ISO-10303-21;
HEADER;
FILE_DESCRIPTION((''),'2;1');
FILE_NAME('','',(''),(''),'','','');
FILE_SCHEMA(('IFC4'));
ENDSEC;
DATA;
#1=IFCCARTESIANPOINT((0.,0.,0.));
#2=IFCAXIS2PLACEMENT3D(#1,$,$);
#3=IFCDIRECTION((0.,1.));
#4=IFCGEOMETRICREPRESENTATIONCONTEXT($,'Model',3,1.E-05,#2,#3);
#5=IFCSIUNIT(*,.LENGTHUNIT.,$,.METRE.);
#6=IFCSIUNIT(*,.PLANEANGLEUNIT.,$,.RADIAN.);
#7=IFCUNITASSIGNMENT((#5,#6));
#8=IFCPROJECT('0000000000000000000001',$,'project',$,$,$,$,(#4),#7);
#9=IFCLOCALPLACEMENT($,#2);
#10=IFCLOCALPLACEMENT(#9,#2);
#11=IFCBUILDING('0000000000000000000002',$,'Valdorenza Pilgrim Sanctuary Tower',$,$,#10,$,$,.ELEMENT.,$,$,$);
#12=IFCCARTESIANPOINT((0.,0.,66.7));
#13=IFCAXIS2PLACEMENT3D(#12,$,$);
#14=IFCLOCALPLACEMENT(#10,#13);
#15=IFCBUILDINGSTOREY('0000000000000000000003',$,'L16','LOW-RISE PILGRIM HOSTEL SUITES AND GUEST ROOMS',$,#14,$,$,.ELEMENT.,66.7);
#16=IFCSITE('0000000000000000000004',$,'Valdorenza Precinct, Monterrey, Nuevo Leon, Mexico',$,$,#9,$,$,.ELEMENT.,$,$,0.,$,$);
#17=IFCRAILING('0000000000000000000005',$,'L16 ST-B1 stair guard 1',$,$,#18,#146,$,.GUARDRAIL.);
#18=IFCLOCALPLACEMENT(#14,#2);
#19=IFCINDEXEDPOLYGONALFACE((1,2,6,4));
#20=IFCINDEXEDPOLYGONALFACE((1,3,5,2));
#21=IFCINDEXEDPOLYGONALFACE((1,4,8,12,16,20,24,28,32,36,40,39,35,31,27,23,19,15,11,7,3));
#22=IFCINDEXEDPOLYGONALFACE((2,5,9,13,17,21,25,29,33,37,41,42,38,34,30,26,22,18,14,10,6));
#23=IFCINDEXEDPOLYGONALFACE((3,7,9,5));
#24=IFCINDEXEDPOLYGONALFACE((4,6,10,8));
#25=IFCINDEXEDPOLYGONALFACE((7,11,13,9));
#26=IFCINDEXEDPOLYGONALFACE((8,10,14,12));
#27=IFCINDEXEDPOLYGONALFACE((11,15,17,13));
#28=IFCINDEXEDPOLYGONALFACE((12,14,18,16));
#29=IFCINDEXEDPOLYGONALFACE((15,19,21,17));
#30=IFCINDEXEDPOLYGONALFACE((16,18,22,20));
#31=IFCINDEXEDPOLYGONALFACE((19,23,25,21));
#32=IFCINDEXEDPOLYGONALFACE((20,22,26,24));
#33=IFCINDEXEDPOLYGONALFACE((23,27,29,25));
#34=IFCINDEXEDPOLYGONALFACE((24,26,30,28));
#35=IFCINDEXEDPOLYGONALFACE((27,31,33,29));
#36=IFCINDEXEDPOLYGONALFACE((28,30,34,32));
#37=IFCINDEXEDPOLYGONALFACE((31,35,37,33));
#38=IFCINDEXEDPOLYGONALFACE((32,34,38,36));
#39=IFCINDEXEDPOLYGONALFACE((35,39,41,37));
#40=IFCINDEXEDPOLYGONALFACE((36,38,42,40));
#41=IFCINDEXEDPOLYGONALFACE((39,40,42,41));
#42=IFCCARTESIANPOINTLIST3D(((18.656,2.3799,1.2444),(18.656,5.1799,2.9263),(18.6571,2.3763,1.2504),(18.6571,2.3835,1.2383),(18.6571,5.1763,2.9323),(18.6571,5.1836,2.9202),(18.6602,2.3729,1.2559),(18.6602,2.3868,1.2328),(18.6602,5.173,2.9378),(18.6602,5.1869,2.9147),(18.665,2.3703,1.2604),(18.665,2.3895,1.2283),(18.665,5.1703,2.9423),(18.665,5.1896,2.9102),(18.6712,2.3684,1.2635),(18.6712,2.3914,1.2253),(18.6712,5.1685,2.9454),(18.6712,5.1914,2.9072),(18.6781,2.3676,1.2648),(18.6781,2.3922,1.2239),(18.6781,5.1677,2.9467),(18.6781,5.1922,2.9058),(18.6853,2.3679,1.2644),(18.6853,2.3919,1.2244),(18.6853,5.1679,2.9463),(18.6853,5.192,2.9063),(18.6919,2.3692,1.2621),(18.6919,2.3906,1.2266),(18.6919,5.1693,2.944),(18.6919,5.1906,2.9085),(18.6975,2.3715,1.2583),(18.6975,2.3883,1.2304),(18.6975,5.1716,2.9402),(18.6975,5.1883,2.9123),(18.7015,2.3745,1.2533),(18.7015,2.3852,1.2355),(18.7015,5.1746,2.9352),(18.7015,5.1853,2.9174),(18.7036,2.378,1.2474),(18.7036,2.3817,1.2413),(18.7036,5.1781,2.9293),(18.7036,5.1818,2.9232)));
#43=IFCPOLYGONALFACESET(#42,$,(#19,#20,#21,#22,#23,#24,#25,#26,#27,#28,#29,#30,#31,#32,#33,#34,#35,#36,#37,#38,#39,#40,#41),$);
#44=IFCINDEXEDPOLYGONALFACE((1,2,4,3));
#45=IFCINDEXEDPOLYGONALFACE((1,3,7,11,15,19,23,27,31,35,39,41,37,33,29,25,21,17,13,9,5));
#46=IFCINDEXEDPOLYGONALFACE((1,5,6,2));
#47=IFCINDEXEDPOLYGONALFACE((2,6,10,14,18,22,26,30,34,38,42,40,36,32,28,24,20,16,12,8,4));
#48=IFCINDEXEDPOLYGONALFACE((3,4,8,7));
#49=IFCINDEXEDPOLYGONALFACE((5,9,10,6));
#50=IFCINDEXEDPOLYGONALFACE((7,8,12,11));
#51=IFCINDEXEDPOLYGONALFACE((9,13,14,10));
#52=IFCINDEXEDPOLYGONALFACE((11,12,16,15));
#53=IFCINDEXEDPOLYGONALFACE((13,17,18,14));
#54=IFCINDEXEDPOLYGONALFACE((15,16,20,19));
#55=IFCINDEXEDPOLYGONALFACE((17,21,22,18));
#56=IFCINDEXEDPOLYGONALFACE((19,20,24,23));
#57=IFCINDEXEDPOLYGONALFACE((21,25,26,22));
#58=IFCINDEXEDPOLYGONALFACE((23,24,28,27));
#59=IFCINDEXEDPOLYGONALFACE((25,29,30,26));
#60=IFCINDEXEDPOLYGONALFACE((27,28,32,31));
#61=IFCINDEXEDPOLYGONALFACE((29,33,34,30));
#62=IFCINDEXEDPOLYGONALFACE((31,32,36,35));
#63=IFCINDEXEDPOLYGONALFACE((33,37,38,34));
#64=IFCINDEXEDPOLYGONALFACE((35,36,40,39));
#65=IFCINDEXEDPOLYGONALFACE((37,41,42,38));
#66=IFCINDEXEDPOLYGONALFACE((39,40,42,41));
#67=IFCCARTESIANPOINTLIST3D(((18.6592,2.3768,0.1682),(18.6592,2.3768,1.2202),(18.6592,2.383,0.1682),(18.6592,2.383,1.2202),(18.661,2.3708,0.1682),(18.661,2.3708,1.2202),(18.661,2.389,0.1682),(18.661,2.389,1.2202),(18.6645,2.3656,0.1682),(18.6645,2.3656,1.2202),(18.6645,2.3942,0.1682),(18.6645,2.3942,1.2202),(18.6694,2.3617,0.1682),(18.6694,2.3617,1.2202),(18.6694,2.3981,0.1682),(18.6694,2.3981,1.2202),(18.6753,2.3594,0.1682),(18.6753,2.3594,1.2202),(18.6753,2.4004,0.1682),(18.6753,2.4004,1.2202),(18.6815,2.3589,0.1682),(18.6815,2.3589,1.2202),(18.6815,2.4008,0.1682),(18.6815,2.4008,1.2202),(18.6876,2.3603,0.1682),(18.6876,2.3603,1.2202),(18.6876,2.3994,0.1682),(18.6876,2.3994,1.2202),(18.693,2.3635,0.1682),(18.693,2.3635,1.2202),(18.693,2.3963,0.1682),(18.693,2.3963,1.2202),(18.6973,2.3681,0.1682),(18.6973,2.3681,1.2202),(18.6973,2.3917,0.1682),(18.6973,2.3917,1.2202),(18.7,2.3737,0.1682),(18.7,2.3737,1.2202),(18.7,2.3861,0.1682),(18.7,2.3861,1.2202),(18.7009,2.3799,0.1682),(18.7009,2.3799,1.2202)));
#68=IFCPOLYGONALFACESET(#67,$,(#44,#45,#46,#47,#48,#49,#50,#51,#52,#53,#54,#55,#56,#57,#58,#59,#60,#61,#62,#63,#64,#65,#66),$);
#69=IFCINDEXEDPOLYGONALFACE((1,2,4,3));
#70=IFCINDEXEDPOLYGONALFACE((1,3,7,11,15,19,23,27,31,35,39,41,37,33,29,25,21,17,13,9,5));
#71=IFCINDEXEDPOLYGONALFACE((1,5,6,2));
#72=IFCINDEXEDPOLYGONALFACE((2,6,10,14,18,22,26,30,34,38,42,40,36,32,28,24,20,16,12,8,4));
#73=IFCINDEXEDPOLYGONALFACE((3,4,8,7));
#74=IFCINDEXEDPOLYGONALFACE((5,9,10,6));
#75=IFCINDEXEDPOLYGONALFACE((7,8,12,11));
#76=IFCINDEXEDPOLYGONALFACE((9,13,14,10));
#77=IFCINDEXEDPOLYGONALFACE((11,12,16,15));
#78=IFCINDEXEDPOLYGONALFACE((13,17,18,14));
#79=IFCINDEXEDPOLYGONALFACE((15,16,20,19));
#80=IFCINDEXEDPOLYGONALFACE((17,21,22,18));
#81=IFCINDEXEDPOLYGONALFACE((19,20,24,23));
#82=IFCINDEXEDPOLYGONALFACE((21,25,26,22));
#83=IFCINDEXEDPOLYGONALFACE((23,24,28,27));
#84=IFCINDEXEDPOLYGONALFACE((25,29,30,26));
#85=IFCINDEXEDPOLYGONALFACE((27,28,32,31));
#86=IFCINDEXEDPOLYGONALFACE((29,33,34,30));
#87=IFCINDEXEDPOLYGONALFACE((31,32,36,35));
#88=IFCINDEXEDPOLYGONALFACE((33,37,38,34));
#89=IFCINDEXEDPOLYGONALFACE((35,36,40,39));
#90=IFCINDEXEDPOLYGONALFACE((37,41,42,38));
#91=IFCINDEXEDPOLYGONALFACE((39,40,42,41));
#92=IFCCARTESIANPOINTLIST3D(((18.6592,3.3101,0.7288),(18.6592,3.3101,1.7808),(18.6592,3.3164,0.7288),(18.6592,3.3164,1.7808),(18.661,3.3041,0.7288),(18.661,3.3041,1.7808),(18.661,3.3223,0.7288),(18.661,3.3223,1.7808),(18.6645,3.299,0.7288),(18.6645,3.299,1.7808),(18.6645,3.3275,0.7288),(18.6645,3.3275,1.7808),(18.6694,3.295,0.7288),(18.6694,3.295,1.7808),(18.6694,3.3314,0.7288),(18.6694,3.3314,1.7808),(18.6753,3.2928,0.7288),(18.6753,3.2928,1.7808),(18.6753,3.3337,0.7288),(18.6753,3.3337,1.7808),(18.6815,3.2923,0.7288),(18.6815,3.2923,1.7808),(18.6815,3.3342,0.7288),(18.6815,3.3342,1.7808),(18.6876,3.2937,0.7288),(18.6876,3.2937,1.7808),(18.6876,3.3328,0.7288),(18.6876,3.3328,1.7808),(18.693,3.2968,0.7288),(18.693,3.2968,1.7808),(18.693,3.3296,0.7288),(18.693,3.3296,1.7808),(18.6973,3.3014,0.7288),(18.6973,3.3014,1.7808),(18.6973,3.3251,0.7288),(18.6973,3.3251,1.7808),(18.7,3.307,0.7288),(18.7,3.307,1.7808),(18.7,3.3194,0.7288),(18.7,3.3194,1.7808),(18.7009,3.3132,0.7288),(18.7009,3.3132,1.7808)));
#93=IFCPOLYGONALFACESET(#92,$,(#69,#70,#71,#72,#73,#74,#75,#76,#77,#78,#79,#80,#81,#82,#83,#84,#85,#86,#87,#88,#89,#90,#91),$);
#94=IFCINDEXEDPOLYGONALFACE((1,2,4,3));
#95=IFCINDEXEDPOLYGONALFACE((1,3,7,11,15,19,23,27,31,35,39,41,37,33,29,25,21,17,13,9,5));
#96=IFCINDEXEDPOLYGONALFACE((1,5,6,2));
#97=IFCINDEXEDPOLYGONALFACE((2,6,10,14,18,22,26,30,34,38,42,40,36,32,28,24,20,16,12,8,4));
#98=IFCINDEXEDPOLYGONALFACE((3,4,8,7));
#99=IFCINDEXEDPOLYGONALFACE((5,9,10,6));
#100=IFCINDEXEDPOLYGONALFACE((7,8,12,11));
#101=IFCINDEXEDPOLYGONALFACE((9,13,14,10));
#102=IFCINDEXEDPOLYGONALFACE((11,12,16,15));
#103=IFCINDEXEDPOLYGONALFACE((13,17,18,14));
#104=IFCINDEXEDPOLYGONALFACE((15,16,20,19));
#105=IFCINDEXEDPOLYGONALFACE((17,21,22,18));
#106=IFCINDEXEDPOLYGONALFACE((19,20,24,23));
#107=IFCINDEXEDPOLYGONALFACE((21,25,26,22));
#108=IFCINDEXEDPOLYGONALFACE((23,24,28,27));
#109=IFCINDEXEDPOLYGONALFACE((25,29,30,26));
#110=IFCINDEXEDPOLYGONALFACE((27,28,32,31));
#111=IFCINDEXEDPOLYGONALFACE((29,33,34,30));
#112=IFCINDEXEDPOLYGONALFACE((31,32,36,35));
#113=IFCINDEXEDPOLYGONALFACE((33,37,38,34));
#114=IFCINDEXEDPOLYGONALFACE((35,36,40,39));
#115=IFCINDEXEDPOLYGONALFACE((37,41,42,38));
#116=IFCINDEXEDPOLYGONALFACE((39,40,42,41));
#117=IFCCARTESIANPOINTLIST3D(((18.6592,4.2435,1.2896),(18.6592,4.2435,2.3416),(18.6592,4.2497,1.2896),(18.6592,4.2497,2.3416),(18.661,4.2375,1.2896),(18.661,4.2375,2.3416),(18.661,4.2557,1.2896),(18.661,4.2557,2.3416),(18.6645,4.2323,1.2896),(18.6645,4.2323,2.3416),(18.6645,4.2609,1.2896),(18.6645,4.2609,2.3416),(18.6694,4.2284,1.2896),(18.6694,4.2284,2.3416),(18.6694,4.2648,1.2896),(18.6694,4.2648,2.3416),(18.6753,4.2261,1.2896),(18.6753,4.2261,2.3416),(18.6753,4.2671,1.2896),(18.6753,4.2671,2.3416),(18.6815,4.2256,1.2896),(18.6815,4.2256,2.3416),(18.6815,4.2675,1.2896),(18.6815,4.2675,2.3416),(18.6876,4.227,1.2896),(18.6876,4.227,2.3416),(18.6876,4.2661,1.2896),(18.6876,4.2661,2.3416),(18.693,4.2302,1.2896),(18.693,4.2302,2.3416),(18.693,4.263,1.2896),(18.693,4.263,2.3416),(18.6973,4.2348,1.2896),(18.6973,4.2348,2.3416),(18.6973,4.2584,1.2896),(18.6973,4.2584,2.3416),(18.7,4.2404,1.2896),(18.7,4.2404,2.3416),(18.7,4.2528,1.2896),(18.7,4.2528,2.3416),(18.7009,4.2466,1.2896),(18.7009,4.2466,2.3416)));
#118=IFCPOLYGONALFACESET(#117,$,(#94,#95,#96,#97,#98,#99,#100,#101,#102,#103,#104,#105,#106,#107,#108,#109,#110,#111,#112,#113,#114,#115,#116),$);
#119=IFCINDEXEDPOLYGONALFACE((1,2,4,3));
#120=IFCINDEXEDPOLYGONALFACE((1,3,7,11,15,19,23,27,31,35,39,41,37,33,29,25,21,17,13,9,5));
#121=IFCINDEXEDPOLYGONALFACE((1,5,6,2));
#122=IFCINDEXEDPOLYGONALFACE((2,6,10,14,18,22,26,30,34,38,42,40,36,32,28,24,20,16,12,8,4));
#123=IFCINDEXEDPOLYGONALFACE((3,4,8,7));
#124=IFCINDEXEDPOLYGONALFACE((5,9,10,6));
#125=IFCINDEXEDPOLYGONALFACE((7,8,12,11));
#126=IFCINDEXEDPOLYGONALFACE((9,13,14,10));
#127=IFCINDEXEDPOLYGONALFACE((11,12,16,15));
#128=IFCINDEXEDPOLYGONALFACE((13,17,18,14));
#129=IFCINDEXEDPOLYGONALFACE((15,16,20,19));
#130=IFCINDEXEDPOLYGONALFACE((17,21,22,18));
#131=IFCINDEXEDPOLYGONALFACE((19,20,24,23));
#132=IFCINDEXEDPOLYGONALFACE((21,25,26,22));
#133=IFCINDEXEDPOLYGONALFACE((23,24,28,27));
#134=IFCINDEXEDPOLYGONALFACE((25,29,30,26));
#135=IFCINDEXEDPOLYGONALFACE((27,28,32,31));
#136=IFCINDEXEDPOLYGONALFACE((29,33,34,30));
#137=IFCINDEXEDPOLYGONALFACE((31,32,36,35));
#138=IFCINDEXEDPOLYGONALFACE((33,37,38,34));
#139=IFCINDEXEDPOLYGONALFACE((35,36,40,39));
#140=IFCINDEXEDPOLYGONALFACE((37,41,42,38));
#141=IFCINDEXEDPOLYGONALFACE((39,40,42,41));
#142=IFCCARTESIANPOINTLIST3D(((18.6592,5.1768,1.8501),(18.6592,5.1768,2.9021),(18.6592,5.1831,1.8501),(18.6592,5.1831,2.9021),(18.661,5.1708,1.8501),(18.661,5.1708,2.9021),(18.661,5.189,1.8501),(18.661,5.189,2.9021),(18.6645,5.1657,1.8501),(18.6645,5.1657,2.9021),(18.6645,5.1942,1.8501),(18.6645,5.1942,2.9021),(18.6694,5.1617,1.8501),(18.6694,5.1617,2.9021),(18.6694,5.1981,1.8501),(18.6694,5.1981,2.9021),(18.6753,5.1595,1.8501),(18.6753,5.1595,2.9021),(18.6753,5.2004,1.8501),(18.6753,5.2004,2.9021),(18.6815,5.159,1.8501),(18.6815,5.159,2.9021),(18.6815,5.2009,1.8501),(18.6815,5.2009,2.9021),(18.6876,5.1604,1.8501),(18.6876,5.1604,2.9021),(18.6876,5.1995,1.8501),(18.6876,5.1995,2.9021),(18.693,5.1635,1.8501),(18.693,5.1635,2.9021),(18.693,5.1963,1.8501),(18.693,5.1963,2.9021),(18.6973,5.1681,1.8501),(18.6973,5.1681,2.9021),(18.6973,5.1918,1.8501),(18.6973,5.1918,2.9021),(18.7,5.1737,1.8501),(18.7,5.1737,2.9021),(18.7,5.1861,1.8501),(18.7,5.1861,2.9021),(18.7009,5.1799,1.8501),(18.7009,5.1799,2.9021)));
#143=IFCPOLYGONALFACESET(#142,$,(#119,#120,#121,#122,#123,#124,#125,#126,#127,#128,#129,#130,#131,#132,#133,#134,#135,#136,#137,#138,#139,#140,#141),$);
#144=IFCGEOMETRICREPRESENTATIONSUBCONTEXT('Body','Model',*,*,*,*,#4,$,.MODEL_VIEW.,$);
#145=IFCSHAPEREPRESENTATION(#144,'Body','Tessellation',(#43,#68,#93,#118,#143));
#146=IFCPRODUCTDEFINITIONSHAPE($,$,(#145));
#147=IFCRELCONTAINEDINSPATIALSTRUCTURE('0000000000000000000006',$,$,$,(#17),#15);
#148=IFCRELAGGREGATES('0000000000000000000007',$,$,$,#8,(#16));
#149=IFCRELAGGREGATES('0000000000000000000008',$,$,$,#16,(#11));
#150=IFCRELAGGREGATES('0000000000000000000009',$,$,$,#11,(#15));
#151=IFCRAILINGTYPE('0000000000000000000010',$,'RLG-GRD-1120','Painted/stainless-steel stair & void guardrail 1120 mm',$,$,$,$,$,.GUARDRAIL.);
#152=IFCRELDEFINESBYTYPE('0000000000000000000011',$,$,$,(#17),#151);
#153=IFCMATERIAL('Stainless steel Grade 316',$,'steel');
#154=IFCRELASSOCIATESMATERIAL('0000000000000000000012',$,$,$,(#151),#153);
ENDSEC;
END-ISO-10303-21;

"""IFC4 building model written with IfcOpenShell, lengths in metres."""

from ifc_helpers import new_model, si_unit, direction, frame, origin, origin_2d, place, context, subcontext, project, spatial, circle, extrude, material, type_object, element, save


model = new_model("IFC4")

# Units and contexts
model_context = context("Model", 3, precision=1e-05, world=origin(), true_north=direction((0.0, 1.0)))
body_context = subcontext(model_context, "Body", "Model", "MODEL_VIEW")
ifc_project = project(units=[si_unit("LENGTHUNIT", "METRE"), si_unit("PLANEANGLEUNIT", "RADIAN")], contexts=[model_context])

# Site, building, storey
site_placement = place(None, origin())
site = spatial("IfcSite", under=ifc_project, at=site_placement, Name="Valdorenza Precinct, Monterrey, Nuevo Leon, Mexico", CompositionType="ELEMENT", RefElevation=0.0)
building_placement = place(site_placement, origin())
building = spatial("IfcBuilding", under=site, at=building_placement, Name="Valdorenza Pilgrim Sanctuary Tower", CompositionType="ELEMENT")
storey_placement = place(building_placement, frame((0.0, 0.0, 66.7)))
storey = spatial("IfcBuildingStorey", under=building, at=storey_placement, Name="L16", Description="LOW-RISE PILGRIM HOSTEL SUITES AND GUEST ROOMS", CompositionType="ELEMENT", Elevation=66.7)

# Railing
ifc_material_1 = material(Name="Stainless steel Grade 316", Category="steel")
railing_type_1 = type_object("IfcRailingType", Name="RLG-GRD-1120", Description="Painted/stainless-steel stair & void guardrail 1120 mm", PredefinedType="GUARDRAIL", material=ifc_material_1)
railing_1_placement = place(storey_placement, frame((18.6799, 2.3799, 0.1682)))
element("IfcRailing", 1, at=railing_1_placement, inside=storey, type_object=railing_type_1, Name="L16 ST-B1 stair guard 1", PredefinedType="GUARDRAIL", context=body_context, shape_type="SweptSolid", body=[
    extrude(circle(Radius=0.0239, at=origin_2d()), frame((0.0, 0.0, 1.0762), z_axis=(0.0, 0.857242, 0.514913), x_axis=(-1.0, 0.0, 0.0)), (0.0, 0.0, 1.0), 3.2664),
    extrude(circle(Radius=0.021, at=origin_2d()), origin(), (0.0, 0.0, 1.0), 1.052),
    extrude(circle(Radius=0.021, at=origin_2d()), frame((0.0, 0.9333, 0.5605)), (0.0, 0.0, 1.0), 1.052),
    extrude(circle(Radius=0.021, at=origin_2d()), frame((0.0, 1.8667, 1.1213)), (0.0, 0.0, 1.0), 1.052),
    extrude(circle(Radius=0.021, at=origin_2d()), frame((0.0, 2.8, 1.6819)), (0.0, 0.0, 1.0), 1.052),
])

save(model, "model.ifc")
